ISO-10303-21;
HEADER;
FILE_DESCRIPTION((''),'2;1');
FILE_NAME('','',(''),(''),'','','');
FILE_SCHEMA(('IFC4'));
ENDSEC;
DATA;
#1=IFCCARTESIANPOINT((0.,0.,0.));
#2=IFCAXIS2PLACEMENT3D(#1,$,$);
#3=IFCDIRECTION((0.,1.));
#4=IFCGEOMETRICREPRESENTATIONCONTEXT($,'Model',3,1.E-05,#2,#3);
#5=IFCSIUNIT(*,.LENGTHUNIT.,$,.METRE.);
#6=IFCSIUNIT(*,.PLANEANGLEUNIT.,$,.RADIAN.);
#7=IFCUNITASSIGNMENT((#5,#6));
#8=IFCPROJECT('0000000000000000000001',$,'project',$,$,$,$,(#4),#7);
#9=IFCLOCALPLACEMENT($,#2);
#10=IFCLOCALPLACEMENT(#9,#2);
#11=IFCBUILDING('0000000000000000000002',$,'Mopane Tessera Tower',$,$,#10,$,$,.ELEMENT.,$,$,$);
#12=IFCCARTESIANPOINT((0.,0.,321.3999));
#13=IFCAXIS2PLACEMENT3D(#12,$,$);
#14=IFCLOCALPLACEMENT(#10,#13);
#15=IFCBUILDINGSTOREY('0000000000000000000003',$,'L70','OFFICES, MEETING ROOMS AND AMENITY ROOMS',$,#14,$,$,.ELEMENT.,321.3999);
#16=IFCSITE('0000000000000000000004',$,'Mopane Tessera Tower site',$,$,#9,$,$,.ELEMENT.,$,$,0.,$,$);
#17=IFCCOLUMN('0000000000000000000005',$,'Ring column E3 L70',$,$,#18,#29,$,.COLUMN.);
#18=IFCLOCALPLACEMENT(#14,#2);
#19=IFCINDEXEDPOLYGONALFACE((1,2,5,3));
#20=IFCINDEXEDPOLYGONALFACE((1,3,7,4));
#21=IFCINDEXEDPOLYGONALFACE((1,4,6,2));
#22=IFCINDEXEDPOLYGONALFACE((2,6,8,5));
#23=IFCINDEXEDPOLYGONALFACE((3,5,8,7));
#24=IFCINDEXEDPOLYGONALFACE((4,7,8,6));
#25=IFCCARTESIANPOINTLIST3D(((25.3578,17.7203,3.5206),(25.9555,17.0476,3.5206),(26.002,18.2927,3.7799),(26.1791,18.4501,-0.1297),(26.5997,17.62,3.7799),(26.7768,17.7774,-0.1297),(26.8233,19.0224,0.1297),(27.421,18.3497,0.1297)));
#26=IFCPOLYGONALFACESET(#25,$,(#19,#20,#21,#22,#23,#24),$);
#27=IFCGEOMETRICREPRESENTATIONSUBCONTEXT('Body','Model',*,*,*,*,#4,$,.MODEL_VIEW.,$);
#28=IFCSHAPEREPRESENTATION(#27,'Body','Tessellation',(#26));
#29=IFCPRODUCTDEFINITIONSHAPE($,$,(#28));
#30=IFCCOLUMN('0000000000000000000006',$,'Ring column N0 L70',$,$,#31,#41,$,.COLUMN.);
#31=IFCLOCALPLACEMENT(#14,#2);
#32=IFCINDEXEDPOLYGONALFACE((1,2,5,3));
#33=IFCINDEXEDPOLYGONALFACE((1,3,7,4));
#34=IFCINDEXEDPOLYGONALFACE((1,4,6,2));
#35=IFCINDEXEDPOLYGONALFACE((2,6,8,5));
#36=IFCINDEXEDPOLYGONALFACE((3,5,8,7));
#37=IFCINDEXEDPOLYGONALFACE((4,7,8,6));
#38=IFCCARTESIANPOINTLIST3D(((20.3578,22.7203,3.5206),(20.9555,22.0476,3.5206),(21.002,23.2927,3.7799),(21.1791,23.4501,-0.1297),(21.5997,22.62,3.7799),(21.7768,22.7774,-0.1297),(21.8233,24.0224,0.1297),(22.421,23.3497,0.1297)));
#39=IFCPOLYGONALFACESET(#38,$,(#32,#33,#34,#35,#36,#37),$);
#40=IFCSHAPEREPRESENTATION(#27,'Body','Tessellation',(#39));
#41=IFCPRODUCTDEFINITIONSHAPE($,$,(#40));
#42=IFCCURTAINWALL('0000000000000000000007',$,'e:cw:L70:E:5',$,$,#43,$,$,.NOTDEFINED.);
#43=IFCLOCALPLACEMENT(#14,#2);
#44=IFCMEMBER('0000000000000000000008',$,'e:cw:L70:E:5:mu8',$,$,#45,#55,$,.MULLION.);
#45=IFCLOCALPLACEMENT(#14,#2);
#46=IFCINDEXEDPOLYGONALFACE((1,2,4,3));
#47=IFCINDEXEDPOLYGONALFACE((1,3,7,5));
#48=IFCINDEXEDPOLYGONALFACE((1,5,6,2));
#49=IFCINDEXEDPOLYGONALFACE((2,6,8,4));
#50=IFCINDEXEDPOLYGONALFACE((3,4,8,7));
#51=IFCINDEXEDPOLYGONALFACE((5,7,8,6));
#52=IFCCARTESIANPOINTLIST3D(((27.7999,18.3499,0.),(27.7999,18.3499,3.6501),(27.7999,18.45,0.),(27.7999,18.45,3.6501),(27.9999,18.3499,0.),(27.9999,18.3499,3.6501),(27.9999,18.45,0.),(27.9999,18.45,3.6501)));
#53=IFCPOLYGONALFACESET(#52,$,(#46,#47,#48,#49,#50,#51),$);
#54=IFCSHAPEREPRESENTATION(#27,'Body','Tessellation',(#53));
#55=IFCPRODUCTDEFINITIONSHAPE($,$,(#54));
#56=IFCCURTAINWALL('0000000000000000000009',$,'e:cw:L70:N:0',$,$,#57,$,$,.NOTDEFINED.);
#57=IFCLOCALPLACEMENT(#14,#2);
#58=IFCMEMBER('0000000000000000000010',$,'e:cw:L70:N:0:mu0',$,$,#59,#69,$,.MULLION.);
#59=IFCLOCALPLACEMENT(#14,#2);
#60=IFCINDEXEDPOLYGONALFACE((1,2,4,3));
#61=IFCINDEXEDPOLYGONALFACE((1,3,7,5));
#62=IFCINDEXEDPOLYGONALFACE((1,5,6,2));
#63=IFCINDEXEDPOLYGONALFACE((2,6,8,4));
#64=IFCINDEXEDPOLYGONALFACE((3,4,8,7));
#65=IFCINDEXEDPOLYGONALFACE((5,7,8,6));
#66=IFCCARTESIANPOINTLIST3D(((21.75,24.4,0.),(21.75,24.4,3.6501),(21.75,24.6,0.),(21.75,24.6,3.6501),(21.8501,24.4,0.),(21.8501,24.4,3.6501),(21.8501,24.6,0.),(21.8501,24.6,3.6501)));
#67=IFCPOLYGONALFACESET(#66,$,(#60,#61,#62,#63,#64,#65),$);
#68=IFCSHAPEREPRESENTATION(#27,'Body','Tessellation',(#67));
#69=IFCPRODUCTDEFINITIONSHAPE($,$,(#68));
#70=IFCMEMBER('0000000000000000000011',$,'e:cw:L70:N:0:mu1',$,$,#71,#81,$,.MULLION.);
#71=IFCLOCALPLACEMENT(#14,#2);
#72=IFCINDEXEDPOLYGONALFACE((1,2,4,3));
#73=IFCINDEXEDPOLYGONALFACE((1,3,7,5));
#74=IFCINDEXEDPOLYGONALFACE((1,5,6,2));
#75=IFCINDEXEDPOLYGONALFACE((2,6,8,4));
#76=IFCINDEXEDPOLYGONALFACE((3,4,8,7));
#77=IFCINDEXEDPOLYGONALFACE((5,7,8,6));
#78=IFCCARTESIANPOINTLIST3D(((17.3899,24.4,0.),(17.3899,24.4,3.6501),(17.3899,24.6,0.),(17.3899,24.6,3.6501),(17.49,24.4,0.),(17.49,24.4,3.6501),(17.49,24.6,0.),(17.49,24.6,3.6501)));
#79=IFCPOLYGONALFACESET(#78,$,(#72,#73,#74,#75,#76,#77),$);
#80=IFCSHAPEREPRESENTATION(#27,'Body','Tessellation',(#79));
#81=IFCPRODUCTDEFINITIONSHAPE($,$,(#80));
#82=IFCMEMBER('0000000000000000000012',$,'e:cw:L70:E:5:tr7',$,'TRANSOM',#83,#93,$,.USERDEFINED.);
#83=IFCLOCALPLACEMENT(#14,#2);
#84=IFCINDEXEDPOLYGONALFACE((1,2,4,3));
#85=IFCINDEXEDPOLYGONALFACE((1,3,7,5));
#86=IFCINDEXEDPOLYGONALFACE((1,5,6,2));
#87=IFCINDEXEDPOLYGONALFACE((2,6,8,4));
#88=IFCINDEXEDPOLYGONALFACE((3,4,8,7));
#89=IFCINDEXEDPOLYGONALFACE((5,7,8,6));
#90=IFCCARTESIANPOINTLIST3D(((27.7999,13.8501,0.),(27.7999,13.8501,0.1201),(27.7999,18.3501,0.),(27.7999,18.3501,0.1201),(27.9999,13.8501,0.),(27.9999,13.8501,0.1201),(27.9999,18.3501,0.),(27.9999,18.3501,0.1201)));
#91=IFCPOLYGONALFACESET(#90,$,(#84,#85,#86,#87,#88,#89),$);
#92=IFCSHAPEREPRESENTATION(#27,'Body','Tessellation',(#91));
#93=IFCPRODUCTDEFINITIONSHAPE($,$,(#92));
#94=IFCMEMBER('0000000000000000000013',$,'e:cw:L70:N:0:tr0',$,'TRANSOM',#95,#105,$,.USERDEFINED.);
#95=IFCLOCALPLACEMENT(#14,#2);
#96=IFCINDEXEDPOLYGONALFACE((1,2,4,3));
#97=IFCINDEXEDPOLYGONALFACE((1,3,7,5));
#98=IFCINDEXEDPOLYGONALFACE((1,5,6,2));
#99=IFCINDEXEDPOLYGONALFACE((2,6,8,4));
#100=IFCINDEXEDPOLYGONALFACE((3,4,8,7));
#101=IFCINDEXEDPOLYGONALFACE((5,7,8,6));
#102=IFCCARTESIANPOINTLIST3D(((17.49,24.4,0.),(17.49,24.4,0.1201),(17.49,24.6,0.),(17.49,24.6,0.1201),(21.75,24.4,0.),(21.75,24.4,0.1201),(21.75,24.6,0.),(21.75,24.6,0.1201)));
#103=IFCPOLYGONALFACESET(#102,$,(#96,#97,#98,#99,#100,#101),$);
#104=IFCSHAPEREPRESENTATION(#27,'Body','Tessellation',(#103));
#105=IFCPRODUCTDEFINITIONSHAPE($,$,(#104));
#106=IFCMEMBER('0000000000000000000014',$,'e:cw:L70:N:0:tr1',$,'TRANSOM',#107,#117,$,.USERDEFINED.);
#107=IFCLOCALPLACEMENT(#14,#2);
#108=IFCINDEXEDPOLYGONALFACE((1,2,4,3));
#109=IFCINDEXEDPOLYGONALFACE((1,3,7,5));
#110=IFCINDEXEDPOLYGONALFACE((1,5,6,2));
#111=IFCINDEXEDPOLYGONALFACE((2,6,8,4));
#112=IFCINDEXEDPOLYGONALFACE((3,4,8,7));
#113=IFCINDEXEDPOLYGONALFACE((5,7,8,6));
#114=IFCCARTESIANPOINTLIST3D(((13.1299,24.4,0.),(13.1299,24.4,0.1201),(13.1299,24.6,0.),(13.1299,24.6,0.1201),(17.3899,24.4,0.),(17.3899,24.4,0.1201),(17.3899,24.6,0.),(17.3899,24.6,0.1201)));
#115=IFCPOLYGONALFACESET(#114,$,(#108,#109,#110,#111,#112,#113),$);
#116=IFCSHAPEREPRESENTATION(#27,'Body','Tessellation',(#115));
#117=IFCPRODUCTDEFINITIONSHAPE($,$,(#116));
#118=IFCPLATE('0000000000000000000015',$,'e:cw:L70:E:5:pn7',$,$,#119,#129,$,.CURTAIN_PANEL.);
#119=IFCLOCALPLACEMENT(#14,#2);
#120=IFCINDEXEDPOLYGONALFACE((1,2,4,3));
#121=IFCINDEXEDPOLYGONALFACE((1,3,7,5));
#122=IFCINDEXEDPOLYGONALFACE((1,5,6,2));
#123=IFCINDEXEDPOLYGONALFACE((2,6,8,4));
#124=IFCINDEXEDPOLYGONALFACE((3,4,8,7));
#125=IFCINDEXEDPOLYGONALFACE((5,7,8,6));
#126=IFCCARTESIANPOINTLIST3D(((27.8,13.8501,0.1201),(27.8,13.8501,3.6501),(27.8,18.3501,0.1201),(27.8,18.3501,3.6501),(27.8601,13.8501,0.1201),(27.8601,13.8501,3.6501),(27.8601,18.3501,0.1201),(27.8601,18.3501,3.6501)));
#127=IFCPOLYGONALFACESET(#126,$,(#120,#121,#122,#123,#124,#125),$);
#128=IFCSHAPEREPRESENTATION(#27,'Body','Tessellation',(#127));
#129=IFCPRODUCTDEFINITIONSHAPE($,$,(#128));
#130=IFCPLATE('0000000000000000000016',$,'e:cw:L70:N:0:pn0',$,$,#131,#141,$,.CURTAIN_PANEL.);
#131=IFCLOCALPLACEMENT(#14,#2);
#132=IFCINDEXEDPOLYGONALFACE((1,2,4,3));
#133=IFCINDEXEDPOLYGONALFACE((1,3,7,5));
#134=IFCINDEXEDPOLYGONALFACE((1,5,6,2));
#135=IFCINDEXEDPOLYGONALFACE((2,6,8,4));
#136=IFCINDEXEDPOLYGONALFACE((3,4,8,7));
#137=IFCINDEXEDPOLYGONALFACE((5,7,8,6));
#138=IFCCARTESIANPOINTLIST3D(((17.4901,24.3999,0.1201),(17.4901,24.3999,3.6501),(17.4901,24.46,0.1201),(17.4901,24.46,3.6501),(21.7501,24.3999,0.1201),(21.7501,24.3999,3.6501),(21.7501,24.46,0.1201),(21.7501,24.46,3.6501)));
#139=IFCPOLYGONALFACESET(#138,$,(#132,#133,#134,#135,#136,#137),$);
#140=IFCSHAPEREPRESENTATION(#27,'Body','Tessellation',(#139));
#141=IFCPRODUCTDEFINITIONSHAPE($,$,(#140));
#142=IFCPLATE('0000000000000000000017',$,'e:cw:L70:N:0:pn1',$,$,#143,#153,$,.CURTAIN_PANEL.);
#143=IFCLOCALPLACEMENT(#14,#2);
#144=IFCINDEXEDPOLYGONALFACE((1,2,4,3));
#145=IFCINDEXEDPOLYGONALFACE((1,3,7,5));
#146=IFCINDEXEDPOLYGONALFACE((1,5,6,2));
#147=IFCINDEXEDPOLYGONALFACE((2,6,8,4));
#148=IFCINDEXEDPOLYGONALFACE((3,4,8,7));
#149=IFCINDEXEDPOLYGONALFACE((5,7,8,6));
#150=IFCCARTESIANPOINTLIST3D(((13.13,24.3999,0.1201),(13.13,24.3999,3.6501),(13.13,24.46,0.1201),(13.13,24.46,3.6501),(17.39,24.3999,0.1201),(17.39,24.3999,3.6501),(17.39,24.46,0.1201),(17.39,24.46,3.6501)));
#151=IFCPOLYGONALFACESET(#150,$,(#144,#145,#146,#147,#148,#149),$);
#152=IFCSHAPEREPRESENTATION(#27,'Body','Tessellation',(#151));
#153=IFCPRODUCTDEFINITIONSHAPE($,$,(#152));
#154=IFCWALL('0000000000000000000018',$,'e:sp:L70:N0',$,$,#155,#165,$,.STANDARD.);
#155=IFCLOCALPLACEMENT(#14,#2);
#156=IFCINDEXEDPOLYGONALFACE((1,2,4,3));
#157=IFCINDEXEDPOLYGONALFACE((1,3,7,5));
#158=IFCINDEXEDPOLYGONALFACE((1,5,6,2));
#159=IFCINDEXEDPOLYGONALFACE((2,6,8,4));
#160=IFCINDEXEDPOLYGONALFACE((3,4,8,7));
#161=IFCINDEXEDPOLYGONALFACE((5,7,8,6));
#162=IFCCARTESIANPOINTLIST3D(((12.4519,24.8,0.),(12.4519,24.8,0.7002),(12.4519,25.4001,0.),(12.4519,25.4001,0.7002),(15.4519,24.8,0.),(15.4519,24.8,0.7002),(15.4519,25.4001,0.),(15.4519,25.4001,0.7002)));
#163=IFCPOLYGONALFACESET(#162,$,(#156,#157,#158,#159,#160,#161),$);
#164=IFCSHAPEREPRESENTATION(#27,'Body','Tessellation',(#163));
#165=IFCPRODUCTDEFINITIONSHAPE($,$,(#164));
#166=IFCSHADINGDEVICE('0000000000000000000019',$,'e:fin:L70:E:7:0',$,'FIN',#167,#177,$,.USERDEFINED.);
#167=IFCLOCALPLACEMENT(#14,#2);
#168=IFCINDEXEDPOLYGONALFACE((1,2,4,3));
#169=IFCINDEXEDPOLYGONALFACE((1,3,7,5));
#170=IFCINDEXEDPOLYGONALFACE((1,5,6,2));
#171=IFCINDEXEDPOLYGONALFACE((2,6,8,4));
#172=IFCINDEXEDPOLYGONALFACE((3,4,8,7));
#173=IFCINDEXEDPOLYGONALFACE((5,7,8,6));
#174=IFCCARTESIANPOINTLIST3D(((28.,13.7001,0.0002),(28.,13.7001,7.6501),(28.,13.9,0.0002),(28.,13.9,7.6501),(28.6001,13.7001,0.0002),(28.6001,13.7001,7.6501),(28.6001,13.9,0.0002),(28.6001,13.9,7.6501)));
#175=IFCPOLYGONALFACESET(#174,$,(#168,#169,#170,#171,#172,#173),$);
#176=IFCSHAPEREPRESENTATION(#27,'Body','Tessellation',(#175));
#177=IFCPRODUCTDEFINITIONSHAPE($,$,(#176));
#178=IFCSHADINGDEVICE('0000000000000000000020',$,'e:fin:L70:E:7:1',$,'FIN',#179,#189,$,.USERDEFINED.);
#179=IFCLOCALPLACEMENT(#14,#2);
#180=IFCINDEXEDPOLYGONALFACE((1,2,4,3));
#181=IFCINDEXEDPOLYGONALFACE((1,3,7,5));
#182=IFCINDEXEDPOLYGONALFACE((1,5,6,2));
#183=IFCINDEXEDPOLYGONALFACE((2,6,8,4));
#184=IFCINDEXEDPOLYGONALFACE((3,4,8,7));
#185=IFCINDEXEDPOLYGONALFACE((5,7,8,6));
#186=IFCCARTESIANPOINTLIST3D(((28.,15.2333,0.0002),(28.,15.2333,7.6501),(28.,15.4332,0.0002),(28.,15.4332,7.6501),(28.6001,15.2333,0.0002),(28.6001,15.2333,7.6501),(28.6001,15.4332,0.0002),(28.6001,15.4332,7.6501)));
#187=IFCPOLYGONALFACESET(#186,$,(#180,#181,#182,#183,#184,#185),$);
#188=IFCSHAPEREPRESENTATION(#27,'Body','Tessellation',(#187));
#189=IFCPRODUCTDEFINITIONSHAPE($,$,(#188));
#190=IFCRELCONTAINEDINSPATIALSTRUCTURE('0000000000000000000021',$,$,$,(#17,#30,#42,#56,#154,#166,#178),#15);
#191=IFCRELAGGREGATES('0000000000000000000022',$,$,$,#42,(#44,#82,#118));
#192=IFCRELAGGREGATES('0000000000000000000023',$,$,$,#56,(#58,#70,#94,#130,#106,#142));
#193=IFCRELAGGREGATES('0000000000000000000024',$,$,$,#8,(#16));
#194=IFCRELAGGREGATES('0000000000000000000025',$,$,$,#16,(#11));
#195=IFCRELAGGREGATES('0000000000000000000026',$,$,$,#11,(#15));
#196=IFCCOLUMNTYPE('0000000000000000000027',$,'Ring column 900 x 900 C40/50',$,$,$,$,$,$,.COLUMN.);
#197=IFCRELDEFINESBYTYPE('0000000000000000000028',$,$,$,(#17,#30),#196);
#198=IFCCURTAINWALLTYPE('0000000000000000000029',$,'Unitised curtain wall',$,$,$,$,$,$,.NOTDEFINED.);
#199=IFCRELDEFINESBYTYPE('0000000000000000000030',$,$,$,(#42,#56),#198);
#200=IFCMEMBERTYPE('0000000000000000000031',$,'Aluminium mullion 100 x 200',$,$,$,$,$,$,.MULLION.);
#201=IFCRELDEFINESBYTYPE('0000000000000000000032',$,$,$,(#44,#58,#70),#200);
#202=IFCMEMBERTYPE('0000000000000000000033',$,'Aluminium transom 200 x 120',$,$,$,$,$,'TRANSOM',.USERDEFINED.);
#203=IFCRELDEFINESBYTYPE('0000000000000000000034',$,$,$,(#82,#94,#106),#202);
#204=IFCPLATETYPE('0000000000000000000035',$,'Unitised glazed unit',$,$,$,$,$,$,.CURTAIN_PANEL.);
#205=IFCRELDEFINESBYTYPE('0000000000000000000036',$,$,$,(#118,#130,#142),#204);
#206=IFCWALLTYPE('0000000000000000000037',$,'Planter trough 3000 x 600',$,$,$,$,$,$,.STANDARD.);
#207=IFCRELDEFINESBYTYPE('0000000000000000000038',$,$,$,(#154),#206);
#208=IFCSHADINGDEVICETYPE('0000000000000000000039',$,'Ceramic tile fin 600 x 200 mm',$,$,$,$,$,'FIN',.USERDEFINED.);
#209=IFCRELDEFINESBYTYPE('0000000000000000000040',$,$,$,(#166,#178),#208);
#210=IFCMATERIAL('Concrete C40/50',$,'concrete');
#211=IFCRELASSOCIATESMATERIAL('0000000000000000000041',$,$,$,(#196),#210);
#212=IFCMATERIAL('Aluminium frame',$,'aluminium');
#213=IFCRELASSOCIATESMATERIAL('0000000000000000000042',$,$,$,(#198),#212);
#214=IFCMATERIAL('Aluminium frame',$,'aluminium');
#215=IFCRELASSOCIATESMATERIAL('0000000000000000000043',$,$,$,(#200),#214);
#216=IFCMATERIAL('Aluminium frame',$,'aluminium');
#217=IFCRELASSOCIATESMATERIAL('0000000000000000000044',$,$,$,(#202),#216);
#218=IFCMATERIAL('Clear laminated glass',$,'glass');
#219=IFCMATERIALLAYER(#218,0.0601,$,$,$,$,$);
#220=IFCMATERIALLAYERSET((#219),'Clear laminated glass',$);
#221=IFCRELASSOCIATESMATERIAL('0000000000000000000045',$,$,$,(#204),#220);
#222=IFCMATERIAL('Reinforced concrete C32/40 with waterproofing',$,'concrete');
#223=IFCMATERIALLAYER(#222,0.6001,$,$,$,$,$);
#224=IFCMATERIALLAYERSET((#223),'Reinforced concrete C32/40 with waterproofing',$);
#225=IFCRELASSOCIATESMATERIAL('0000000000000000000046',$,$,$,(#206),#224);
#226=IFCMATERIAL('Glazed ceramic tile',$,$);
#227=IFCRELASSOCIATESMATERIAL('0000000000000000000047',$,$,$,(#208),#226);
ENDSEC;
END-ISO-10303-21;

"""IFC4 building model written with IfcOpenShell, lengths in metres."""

from ifc_helpers import new_model, si_unit, direction, frame, frame_2d, origin, origin_2d, place, context, subcontext, project, spatial, rectangle, extrude, material, layer, layer_set, material_profile, profile_set, type_object, element, aggregate, save


model = new_model("IFC4")

# Units and contexts
model_context = context("Model", 3, precision=1e-05, world=origin(), true_north=direction((0.0, 1.0)))
body_context = subcontext(model_context, "Body", "Model", "MODEL_VIEW")
ifc_project = project(units=[si_unit("LENGTHUNIT", "METRE"), si_unit("PLANEANGLEUNIT", "RADIAN")], contexts=[model_context])

# Site, building, storey
site_placement = place(None, origin())
site = spatial("IfcSite", under=ifc_project, at=site_placement, Name="Mopane Tessera Tower site", CompositionType="ELEMENT", RefElevation=0.0)
building_placement = place(site_placement, origin())
building = spatial("IfcBuilding", under=site, at=building_placement, Name="Mopane Tessera Tower", CompositionType="ELEMENT")
storey_placement = place(building_placement, frame((0.0, 0.0, 321.3999)))
storey = spatial("IfcBuildingStorey", under=building, at=storey_placement, Name="L70", Description="OFFICES, MEETING ROOMS AND AMENITY ROOMS", CompositionType="ELEMENT", Elevation=321.3999)

# Columns
ifc_material_1 = material(Name="Concrete C40/50", Category="concrete")
ifc_material_profile_1 = material_profile(ifc_material_1, rectangle(XDim=0.8999, YDim=0.8999, at=origin_2d()))
ifc_profile_set_1 = profile_set([ifc_material_profile_1], Name="Concrete C40/50")
column_type = type_object("IfcColumnType", Name="Ring column 900 x 900 C40/50", PredefinedType="COLUMN", material=ifc_profile_set_1)
for number, where, z_axis, x_axis, name in (
    (1, (26.8, 18.3999, 0.0), (-0.215454, -0.191436, 0.957566), (0.664212, -0.747544, 0.0), "Ring column E3 L70"),
    (2, (21.8, 23.3999, 0.0), (-0.215454, -0.191436, 0.957566), (0.664212, -0.747544, 0.0), "Ring column N0 L70"),
):
    element("IfcColumn", number, at=place(storey_placement, frame(where, z_axis=z_axis, x_axis=x_axis)), inside=storey, type_object=column_type, Name=name, PredefinedType="COLUMN", context=body_context, shape_type="SweptSolid", body=[
        extrude(rectangle(XDim=0.8999, YDim=0.8999, at=origin_2d()), origin(), (0.0, 0.0, 1.0), 3.812),
    ])

# Curtain wall, member
ifc_material_2 = material(Name="Aluminium frame", Category="aluminium")
curtain_wall_type = type_object("IfcCurtainWallType", Name="Unitised curtain wall", PredefinedType="NOTDEFINED", material=ifc_material_2)
curtain_wall_1_placement = place(storey_placement, origin())
curtain_wall_1 = element("IfcCurtainWall", 3, at=curtain_wall_1_placement, inside=storey, type_object=curtain_wall_type, Name="e:cw:L70:E:5", PredefinedType="NOTDEFINED")
ifc_material_3 = material(Name="Aluminium frame", Category="aluminium")
ifc_material_profile_2 = material_profile(ifc_material_3, rectangle(XDim=0.1001, YDim=0.2, at=origin_2d()))
ifc_profile_set_2 = profile_set([ifc_material_profile_2], Name="Aluminium frame")
member_type_1 = type_object("IfcMemberType", Name="Aluminium mullion 100 x 200", PredefinedType="MULLION", material=ifc_profile_set_2)
member_1_placement = place(storey_placement, frame((27.8999, 18.3999, 0.0), z_axis=(0.0, 0.0, 1.0), x_axis=(0.0, 1.0, 0.0)))
member_1 = element("IfcMember", 4, at=member_1_placement, type_object=member_type_1, Name="e:cw:L70:E:5:mu8", PredefinedType="MULLION", context=body_context, shape_type="SweptSolid", body=[
    extrude(rectangle(XDim=0.1001, YDim=0.2, at=origin_2d()), origin(), (0.0, 0.0, 1.0), 3.6501),
])

# Curtain wall, members
curtain_wall_2_placement = place(storey_placement, origin())
curtain_wall_2 = element("IfcCurtainWall", 5, at=curtain_wall_2_placement, inside=storey, type_object=curtain_wall_type, Name="e:cw:L70:N:0", PredefinedType="NOTDEFINED")
member_2_placement = place(storey_placement, frame((21.8, 24.5, 0.0), z_axis=(0.0, 0.0, 1.0), x_axis=(-1.0, 0.0, 0.0)))
member_2 = element("IfcMember", 6, at=member_2_placement, type_object=member_type_1, Name="e:cw:L70:N:0:mu0", PredefinedType="MULLION", context=body_context, shape_type="SweptSolid", body=[
    extrude(rectangle(XDim=0.1001, YDim=0.2, at=origin_2d()), origin(), (0.0, 0.0, 1.0), 3.6501),
])
member_3_placement = place(storey_placement, frame((17.4399, 24.5, 0.0), z_axis=(0.0, 0.0, 1.0), x_axis=(-1.0, 0.0, 0.0)))
member_3 = element("IfcMember", 7, at=member_3_placement, type_object=member_type_1, Name="e:cw:L70:N:0:mu1", PredefinedType="MULLION", context=body_context, shape_type="SweptSolid", body=[
    extrude(rectangle(XDim=0.1001, YDim=0.2, at=origin_2d()), origin(), (0.0, 0.0, 1.0), 3.6501),
])

# Members
ifc_material_4 = material(Name="Aluminium frame", Category="aluminium")
ifc_material_profile_3 = material_profile(ifc_material_4, rectangle(XDim=0.2, YDim=0.1201, at=origin_2d()))
ifc_profile_set_3 = profile_set([ifc_material_profile_3], Name="Aluminium frame")
member_type_2 = type_object("IfcMemberType", Name="Aluminium transom 200 x 120", ElementType="TRANSOM", PredefinedType="USERDEFINED", material=ifc_profile_set_3)
member_4_placement = place(storey_placement, frame((27.8999, 13.8501, 0.0601), z_axis=(0.0, 1.0, 0.0), x_axis=(-1.0, 0.0, 0.0)))
member_4 = element("IfcMember", 8, at=member_4_placement, type_object=member_type_2, Name="e:cw:L70:E:5:tr7", ObjectType="TRANSOM", PredefinedType="USERDEFINED", context=body_context, shape_type="SweptSolid", body=[
    extrude(rectangle(XDim=0.2, YDim=0.1201, at=origin_2d()), origin(), (0.0, 0.0, 1.0), 4.5),
])
member_5_placement = place(storey_placement, frame((21.75, 24.5, 0.0601), z_axis=(-1.0, 0.0, 0.0), x_axis=(0.0, -1.0, 0.0)))
member_5 = element("IfcMember", 9, at=member_5_placement, type_object=member_type_2, Name="e:cw:L70:N:0:tr0", ObjectType="TRANSOM", PredefinedType="USERDEFINED", context=body_context, shape_type="SweptSolid", body=[
    extrude(rectangle(XDim=0.2, YDim=0.1201, at=origin_2d()), origin(), (0.0, 0.0, 1.0), 4.26),
])
member_6_placement = place(storey_placement, frame((17.3899, 24.5, 0.0601), z_axis=(-1.0, 0.0, 0.0), x_axis=(0.0, -1.0, 0.0)))
member_6 = element("IfcMember", 10, at=member_6_placement, type_object=member_type_2, Name="e:cw:L70:N:0:tr1", ObjectType="TRANSOM", PredefinedType="USERDEFINED", context=body_context, shape_type="SweptSolid", body=[
    extrude(rectangle(XDim=0.2, YDim=0.1201, at=origin_2d()), origin(), (0.0, 0.0, 1.0), 4.26),
])

# Plates
ifc_material_5 = material(Name="Clear laminated glass", Category="glass")
ifc_layer_1 = layer(ifc_material_5, 0.0601)
ifc_layer_set_1 = layer_set([ifc_layer_1], Name="Clear laminated glass")
plate_type = type_object("IfcPlateType", Name="Unitised glazed unit", PredefinedType="CURTAIN_PANEL", material=ifc_layer_set_1)
plate_1_placement = place(storey_placement, frame((27.8301, 16.1001, 0.1201), z_axis=(0.0, 0.0, 1.0), x_axis=(0.0, 1.0, 0.0)))
plate_1 = element("IfcPlate", 11, at=plate_1_placement, type_object=plate_type, Name="e:cw:L70:E:5:pn7", PredefinedType="CURTAIN_PANEL", context=body_context, shape_type="SweptSolid", body=[
    extrude(rectangle(XDim=4.5, YDim=0.0601, at=origin_2d()), origin(), (0.0, 0.0, 1.0), 3.53),
])
aggregate(curtain_wall_1, [member_1, member_4, plate_1])
plate_2_placement = place(storey_placement, frame((19.6201, 24.4299, 0.1201), z_axis=(0.0, 0.0, 1.0), x_axis=(-1.0, 0.0, 0.0)))
plate_2 = element("IfcPlate", 12, at=plate_2_placement, type_object=plate_type, Name="e:cw:L70:N:0:pn0", PredefinedType="CURTAIN_PANEL", context=body_context, shape_type="SweptSolid", body=[
    extrude(rectangle(XDim=4.26, YDim=0.0601, at=origin_2d()), origin(), (0.0, 0.0, 1.0), 3.53),
])
plate_3_placement = place(storey_placement, frame((15.26, 24.4299, 0.1201), z_axis=(0.0, 0.0, 1.0), x_axis=(-1.0, 0.0, 0.0)))
plate_3 = element("IfcPlate", 13, at=plate_3_placement, type_object=plate_type, Name="e:cw:L70:N:0:pn1", PredefinedType="CURTAIN_PANEL", context=body_context, shape_type="SweptSolid", body=[
    extrude(rectangle(XDim=4.26, YDim=0.0601, at=origin_2d()), origin(), (0.0, 0.0, 1.0), 3.53),
])
aggregate(curtain_wall_2, [member_2, member_3, member_5, plate_2, member_6, plate_3])

# Wall
ifc_material_6 = material(Name="Reinforced concrete C32/40 with waterproofing", Category="concrete")
ifc_layer_2 = layer(ifc_material_6, 0.6001)
ifc_layer_set_2 = layer_set([ifc_layer_2], Name="Reinforced concrete C32/40 with waterproofing")
wall_type = type_object("IfcWallType", Name="Planter trough 3000 x 600", PredefinedType="STANDARD", material=ifc_layer_set_2)
wall_placement = place(storey_placement, frame((15.4519, 25.1001, 0.0), z_axis=(0.0, 0.0, 1.0), x_axis=(-1.0, 0.0, 0.0)))
element("IfcWall", 14, at=wall_placement, inside=storey, type_object=wall_type, Name="e:sp:L70:N0", PredefinedType="STANDARD", context=body_context, shape_type="SweptSolid", body=[
    extrude(rectangle(XDim=3.0, YDim=0.6001, at=frame_2d((1.5, 0.0))), origin(), (0.0, 0.0, 1.0), 0.7002),
])

# Shading devices
ifc_material_7 = material(Name="Glazed ceramic tile")
shading_device_type = type_object("IfcShadingDeviceType", Name="Ceramic tile fin 600 x 200 mm", ElementType="FIN", PredefinedType="USERDEFINED", material=ifc_material_7)
for number, where, z_axis, x_axis, name in (
    (15, (28.3, 13.8, 0.0002), (0.0, 0.0, 1.0), (0.0, 1.0, 0.0), "e:fin:L70:E:7:0"),
    (16, (28.3, 15.3333, 0.0002), (0.0, 0.0, 1.0), (0.0, 1.0, 0.0), "e:fin:L70:E:7:1"),
):
    element("IfcShadingDevice", number, at=place(storey_placement, frame(where, z_axis=z_axis, x_axis=x_axis)), inside=storey, type_object=shading_device_type, Name=name, ObjectType="FIN", PredefinedType="USERDEFINED", context=body_context, shape_type="SweptSolid", body=[
        extrude(rectangle(XDim=0.2, YDim=0.6001, at=origin_2d()), origin(), (0.0, 0.0, 1.0), 7.6499),
    ])

save(model, "model.ifc")
